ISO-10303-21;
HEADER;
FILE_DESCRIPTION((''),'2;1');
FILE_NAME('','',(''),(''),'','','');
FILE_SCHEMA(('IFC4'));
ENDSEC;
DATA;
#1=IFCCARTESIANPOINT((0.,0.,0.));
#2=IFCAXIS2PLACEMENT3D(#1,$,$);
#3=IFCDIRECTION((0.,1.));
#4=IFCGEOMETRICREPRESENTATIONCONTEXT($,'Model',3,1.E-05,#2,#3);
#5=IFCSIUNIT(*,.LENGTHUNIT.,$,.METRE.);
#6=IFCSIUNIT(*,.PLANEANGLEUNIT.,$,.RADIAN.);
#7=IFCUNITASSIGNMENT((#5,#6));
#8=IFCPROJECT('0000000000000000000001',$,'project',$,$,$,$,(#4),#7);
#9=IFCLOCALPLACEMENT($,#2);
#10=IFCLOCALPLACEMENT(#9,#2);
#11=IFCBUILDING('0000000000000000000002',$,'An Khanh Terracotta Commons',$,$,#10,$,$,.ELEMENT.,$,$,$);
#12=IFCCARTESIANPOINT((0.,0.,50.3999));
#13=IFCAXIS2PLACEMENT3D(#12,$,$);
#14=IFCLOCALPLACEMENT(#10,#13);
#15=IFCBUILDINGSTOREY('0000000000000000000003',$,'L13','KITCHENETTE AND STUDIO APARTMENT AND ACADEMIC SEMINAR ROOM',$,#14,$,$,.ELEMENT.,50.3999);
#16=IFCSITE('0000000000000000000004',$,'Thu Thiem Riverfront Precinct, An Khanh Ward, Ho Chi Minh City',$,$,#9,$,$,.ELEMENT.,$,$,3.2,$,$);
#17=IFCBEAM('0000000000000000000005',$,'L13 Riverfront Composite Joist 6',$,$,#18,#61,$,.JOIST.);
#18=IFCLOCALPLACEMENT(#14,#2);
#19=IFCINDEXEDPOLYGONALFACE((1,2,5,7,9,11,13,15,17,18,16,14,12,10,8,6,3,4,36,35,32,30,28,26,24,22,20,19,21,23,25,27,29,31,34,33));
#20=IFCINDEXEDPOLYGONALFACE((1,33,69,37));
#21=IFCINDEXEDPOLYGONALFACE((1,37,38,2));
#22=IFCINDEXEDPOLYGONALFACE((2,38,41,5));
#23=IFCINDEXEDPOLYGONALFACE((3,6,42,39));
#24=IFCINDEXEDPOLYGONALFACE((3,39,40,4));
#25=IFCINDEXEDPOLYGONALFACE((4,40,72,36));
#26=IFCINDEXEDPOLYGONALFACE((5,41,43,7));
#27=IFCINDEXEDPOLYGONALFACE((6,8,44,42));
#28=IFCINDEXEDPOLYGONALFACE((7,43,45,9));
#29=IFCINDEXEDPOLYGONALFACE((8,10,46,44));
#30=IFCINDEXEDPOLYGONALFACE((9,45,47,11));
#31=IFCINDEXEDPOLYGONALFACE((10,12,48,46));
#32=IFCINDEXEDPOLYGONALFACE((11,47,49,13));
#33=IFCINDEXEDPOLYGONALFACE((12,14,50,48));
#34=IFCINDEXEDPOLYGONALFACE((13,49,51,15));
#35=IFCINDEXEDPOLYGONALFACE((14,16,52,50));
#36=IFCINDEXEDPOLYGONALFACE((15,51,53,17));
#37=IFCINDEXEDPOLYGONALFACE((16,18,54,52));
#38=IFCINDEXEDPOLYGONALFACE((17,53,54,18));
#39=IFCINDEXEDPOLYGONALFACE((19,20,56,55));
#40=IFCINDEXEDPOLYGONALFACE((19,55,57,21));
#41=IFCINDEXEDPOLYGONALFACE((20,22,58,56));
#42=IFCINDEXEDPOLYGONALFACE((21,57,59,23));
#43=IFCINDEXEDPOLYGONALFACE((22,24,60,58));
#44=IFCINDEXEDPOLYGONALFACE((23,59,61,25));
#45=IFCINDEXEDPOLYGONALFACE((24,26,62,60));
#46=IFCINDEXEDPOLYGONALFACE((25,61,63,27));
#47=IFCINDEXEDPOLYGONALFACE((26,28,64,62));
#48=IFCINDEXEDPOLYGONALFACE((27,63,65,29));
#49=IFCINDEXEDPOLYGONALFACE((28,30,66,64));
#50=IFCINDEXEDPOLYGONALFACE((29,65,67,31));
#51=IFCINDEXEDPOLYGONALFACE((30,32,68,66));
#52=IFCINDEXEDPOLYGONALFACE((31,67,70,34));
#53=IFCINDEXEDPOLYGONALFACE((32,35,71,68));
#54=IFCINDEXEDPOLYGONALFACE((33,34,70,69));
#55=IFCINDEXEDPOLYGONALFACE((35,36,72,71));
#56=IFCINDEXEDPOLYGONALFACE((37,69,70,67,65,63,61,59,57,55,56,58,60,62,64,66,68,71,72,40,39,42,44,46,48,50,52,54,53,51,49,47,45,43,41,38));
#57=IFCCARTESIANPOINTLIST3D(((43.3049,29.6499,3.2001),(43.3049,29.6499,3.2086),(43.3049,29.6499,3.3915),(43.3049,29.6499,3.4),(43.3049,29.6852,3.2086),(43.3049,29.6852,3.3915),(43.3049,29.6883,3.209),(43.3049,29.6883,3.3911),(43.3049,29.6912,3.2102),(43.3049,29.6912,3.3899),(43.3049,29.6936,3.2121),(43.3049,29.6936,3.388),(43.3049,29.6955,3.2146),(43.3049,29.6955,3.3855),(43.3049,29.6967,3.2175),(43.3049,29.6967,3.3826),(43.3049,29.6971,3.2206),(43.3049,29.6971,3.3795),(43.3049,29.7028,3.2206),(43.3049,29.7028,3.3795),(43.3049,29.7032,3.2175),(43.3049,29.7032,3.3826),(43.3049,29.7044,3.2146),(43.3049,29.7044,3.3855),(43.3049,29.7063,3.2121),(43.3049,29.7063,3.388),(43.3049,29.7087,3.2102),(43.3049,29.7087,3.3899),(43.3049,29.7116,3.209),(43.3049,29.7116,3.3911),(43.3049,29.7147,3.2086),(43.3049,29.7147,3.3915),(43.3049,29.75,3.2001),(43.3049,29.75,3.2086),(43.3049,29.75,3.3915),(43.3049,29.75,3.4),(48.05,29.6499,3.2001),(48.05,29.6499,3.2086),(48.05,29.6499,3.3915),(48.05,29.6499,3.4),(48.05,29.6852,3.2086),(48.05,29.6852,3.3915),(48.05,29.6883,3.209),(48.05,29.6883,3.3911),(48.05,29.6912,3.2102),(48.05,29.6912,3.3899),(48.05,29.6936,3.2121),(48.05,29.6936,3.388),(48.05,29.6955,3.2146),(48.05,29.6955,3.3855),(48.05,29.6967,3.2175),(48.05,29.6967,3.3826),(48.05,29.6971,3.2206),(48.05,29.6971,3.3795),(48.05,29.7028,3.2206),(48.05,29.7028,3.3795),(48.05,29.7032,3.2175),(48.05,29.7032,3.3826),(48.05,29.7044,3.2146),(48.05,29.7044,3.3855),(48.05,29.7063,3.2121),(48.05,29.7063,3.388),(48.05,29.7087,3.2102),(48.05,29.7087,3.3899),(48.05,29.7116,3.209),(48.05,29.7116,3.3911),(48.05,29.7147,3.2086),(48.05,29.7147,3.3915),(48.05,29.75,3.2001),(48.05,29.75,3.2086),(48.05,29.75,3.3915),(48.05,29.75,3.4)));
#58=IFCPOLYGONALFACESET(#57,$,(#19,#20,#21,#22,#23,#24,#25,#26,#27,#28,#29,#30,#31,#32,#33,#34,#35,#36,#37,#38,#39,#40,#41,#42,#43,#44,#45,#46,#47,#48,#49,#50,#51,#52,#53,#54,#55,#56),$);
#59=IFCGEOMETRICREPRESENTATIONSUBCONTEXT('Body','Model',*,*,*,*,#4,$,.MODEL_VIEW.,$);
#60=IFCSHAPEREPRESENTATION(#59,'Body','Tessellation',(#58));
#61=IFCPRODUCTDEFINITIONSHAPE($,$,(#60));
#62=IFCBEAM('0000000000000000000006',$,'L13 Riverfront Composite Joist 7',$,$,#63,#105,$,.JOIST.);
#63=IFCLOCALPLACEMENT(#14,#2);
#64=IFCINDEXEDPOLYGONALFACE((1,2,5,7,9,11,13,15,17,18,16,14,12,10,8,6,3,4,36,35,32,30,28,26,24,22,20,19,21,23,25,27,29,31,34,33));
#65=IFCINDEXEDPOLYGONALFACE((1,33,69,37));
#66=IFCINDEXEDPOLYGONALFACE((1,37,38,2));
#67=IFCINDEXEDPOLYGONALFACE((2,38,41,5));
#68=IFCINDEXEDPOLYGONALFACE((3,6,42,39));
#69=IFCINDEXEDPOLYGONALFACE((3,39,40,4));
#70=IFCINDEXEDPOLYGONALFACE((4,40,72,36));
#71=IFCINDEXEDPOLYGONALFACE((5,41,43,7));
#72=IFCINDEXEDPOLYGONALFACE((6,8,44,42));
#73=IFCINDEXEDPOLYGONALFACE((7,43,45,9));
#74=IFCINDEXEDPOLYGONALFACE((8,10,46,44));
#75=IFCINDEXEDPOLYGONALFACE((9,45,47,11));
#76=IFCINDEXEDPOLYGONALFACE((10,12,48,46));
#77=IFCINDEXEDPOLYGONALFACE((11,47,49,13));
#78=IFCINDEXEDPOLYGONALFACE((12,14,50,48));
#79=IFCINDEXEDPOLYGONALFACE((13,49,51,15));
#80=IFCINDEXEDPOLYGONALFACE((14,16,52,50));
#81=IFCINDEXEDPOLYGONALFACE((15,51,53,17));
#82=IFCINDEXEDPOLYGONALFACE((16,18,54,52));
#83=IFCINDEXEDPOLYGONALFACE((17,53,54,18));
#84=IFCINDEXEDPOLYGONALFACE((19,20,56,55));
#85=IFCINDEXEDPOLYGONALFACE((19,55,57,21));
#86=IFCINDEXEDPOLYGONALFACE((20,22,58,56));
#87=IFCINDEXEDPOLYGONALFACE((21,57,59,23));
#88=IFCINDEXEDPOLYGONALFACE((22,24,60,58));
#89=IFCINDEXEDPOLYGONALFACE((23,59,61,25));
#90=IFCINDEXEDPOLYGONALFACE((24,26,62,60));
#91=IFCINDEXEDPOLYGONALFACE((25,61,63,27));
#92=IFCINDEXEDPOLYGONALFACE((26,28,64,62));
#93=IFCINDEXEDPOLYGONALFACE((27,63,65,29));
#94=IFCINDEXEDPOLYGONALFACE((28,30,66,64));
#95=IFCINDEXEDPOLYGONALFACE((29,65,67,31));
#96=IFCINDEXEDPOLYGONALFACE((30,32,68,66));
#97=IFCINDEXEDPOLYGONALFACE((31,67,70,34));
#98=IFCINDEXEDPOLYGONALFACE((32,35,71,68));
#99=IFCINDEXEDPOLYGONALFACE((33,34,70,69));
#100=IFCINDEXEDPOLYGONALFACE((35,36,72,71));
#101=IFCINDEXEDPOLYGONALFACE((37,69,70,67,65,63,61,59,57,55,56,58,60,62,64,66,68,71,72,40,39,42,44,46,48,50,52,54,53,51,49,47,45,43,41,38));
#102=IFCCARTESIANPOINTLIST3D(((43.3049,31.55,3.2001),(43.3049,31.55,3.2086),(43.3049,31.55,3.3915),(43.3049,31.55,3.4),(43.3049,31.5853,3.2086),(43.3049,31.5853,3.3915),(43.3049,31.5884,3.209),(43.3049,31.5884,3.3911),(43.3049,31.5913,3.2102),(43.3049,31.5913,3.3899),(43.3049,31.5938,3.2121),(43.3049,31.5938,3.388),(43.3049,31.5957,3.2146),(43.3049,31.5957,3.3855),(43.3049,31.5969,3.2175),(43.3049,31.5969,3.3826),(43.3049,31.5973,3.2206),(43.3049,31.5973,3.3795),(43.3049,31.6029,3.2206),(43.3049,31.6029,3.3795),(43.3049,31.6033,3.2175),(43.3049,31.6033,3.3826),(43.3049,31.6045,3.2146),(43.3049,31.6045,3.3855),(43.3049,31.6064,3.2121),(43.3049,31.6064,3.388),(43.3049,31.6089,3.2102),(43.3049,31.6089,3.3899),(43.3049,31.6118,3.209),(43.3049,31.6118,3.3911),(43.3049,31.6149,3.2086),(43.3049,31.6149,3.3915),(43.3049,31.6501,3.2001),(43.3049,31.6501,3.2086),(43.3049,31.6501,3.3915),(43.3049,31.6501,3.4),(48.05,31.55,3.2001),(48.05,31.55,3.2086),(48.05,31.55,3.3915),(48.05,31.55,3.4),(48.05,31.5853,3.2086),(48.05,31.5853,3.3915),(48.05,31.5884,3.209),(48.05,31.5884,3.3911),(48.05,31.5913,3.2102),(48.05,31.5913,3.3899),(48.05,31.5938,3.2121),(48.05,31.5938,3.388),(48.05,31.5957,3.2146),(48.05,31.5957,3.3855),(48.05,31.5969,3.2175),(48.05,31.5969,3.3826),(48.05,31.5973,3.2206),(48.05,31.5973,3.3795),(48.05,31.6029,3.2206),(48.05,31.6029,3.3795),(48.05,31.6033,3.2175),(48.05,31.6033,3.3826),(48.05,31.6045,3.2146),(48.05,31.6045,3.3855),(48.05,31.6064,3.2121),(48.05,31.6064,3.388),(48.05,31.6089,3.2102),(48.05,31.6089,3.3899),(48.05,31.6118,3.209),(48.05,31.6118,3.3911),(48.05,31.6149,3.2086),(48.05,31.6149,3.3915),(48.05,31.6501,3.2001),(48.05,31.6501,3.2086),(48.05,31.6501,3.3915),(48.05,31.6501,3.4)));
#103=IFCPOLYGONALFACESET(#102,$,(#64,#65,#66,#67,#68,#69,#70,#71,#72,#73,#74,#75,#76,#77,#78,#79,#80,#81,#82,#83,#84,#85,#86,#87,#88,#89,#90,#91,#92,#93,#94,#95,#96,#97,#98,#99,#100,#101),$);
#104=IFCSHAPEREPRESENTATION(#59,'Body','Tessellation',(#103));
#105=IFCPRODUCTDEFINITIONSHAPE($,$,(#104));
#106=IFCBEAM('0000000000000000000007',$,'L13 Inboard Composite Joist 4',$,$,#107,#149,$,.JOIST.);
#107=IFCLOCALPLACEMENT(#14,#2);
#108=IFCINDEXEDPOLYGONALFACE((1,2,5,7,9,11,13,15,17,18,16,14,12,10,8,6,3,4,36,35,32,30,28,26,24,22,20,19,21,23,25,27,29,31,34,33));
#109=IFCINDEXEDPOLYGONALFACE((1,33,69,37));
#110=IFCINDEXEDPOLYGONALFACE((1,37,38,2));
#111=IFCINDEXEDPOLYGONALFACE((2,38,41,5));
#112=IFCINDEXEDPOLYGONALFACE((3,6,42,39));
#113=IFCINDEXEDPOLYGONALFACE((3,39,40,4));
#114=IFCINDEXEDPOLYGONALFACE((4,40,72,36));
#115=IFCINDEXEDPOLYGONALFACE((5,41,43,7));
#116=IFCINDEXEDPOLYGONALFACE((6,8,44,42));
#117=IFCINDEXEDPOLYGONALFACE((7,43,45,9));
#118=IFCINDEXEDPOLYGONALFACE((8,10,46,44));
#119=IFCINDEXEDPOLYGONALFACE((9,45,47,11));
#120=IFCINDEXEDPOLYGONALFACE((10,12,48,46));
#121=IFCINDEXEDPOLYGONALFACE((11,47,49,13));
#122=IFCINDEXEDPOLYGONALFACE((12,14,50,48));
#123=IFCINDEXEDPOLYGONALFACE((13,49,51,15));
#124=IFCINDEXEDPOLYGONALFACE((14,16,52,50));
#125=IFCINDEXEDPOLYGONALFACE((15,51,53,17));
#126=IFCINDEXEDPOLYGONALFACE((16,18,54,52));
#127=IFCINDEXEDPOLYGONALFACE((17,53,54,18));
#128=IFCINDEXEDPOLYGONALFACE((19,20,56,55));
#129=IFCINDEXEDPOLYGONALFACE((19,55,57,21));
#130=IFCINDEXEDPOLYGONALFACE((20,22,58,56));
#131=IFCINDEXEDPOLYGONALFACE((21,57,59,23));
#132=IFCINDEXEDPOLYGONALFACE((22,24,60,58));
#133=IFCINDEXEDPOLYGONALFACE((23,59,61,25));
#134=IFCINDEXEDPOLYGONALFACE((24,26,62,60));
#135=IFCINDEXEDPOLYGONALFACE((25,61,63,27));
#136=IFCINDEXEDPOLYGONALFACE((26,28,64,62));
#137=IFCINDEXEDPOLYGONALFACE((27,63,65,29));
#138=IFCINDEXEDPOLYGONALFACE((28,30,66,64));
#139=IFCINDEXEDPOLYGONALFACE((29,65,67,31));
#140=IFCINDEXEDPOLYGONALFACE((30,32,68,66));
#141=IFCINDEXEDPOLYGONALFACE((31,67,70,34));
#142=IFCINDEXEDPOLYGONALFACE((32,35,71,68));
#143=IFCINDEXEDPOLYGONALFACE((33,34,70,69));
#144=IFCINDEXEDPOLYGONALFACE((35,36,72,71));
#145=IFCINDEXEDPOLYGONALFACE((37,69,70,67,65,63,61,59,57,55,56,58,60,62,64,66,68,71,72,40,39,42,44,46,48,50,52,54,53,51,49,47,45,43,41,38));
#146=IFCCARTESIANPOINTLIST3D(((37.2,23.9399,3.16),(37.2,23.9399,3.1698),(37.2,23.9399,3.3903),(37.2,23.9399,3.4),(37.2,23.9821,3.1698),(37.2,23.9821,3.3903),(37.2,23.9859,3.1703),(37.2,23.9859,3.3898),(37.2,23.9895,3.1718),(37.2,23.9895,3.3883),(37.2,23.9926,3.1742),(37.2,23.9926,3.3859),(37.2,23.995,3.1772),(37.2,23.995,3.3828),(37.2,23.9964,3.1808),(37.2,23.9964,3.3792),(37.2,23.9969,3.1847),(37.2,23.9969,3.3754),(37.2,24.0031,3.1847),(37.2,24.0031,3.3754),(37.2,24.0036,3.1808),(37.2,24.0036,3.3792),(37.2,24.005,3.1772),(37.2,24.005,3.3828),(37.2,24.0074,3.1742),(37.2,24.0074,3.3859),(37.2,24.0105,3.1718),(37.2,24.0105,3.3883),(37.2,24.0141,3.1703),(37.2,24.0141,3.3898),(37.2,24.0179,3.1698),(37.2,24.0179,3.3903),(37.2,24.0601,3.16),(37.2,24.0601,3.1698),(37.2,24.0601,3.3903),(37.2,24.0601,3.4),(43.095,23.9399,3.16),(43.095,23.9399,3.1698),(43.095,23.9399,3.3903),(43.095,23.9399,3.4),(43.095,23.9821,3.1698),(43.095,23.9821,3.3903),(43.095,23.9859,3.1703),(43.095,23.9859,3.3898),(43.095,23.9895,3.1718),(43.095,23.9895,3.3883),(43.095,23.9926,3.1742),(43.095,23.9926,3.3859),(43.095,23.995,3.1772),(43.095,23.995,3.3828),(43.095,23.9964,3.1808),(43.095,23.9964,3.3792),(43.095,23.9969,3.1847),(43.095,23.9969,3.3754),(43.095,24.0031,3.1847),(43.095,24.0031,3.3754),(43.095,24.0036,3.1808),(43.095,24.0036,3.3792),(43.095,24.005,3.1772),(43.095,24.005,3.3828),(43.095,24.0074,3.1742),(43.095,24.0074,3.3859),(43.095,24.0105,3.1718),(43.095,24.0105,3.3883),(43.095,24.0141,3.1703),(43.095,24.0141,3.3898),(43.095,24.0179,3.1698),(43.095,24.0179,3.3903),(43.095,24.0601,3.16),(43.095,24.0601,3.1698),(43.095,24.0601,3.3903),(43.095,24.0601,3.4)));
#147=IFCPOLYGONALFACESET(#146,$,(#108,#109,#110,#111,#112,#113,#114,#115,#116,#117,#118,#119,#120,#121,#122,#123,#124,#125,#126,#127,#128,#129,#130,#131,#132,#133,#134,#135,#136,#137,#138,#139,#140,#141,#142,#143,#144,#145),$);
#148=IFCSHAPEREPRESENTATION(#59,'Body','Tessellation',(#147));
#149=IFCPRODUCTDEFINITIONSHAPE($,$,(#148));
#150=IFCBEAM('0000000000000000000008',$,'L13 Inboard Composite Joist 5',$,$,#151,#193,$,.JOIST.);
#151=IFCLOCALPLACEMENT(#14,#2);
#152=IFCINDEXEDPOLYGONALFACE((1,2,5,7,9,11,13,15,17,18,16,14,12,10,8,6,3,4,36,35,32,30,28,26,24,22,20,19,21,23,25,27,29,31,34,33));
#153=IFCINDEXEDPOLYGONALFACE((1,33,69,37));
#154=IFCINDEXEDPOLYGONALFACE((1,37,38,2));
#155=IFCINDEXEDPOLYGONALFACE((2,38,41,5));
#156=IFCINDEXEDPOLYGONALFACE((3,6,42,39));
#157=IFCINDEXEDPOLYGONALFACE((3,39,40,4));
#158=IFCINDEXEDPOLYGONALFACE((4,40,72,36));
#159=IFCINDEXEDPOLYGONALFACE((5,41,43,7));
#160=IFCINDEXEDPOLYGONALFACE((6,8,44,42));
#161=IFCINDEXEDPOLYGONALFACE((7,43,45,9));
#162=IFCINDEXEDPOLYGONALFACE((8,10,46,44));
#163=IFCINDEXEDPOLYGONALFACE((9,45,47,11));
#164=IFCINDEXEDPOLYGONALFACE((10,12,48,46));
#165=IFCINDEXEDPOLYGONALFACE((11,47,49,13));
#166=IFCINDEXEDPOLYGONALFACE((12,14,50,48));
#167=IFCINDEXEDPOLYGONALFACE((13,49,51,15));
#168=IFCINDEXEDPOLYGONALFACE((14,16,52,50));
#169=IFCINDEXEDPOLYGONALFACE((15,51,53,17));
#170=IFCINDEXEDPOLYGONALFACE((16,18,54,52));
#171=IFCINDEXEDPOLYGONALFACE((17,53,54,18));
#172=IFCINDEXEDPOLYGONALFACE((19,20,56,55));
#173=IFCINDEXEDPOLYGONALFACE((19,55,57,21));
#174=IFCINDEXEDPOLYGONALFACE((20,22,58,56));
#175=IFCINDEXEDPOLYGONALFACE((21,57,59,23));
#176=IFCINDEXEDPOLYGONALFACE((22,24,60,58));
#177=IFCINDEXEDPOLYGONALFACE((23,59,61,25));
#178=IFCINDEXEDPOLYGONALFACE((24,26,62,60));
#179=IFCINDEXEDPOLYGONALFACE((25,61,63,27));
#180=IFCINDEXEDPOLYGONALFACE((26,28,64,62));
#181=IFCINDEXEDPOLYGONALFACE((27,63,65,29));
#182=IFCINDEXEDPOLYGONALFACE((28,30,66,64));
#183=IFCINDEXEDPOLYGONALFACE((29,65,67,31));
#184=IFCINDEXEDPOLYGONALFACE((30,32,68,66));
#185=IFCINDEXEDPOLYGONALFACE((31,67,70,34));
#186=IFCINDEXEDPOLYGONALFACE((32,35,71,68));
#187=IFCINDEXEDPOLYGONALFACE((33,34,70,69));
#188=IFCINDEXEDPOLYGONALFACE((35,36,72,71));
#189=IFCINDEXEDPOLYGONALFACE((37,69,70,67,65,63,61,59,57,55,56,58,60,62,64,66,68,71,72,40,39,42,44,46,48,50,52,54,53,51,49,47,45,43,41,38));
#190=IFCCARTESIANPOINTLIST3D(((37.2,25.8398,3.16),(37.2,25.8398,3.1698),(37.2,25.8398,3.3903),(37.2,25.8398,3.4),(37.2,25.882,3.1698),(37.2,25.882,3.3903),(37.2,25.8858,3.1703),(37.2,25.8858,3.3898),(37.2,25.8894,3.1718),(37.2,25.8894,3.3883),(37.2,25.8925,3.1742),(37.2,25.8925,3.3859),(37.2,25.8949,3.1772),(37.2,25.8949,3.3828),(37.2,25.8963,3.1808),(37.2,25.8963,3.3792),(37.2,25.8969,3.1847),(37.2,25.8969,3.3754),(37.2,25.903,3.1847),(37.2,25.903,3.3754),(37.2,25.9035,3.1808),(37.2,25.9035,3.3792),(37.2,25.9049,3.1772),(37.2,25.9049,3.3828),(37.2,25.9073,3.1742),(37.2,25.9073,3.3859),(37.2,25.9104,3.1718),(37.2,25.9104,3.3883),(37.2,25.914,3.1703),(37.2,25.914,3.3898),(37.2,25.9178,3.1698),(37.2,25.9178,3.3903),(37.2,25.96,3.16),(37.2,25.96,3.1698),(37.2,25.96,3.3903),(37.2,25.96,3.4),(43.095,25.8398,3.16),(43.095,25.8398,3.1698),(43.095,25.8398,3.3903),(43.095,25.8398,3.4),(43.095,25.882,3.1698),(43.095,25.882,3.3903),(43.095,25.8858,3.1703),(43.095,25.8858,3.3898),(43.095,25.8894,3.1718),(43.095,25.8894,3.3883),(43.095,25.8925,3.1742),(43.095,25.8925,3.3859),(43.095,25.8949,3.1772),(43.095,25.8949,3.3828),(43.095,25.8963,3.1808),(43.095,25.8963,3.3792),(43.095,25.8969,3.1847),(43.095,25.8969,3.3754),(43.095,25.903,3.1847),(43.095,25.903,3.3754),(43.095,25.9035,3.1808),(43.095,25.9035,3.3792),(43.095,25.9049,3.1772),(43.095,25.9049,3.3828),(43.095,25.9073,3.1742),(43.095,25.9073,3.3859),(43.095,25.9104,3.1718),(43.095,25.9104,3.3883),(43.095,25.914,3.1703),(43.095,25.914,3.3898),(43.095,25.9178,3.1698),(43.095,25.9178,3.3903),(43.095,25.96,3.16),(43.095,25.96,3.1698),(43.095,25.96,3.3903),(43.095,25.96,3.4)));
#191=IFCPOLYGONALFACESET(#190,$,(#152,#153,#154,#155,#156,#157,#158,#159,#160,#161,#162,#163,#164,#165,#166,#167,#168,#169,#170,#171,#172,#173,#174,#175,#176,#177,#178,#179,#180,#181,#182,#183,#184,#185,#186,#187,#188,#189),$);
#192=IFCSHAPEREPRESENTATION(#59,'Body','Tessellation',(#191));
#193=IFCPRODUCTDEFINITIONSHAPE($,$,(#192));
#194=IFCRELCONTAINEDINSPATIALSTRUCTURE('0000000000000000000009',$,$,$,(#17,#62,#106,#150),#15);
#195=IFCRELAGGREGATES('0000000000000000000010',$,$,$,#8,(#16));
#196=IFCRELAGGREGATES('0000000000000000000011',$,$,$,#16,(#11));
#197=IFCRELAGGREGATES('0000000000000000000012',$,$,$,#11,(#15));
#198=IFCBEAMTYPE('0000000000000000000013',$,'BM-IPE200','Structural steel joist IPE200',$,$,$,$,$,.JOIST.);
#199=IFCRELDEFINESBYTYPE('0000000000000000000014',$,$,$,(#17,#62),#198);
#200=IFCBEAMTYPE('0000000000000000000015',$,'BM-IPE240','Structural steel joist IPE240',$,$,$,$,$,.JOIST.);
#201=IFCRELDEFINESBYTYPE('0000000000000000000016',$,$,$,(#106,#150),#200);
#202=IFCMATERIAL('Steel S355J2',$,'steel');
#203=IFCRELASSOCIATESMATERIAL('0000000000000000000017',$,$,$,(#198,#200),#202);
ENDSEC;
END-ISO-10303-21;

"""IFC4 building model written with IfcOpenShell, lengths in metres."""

from ifc_helpers import new_model, si_unit, direction, frame, origin, origin_2d, place, context, subcontext, project, spatial, i_section, extrude, material, material_profile, profile_set, type_object, element, save


model = new_model("IFC4")

# Units and contexts
model_context = context("Model", 3, precision=1e-05, world=origin(), true_north=direction((0.0, 1.0)))
body_context = subcontext(model_context, "Body", "Model", "MODEL_VIEW")
ifc_project = project(units=[si_unit("LENGTHUNIT", "METRE"), si_unit("PLANEANGLEUNIT", "RADIAN")], contexts=[model_context])

# Site, building, storey
site_placement = place(None, origin())
site = spatial("IfcSite", under=ifc_project, at=site_placement, Name="Thu Thiem Riverfront Precinct, An Khanh Ward, Ho Chi Minh City", CompositionType="ELEMENT", RefElevation=3.2)
building_placement = place(site_placement, origin())
building = spatial("IfcBuilding", under=site, at=building_placement, Name="An Khanh Terracotta Commons", CompositionType="ELEMENT")
storey_placement = place(building_placement, frame((0.0, 0.0, 50.3999)))
storey = spatial("IfcBuildingStorey", under=building, at=storey_placement, Name="L13", Description="KITCHENETTE AND STUDIO APARTMENT AND ACADEMIC SEMINAR ROOM", CompositionType="ELEMENT", Elevation=50.3999)

# Beams
ifc_material_1 = material(Name="Steel S355J2", Category="steel")
ifc_material_profile_1 = material_profile(ifc_material_1, i_section(OverallWidth=0.1001, OverallDepth=0.2, WebThickness=0.0056, FlangeThickness=0.0085, FilletRadius=0.012, at=origin_2d()), Name="IPE200")
ifc_profile_set_1 = profile_set([ifc_material_profile_1], Name="Steel S355J2")
beam_type_1 = type_object("IfcBeamType", Name="BM-IPE200", Description="Structural steel joist IPE200", PredefinedType="JOIST", material=ifc_profile_set_1)
for number, where, z_axis, x_axis, name in (
    (1, (43.3049, 29.7, 3.3), (1.0, 0.0, 0.0), (0.0, 1.0, 0.0), "L13 Riverfront Composite Joist 6"),
    (2, (43.3049, 31.6001, 3.3), (1.0, 0.0, 0.0), (0.0, 1.0, 0.0), "L13 Riverfront Composite Joist 7"),
):
    element("IfcBeam", number, at=place(storey_placement, frame(where, z_axis=z_axis, x_axis=x_axis)), inside=storey, type_object=beam_type_1, Name=name, PredefinedType="JOIST", context=body_context, shape_type="SweptSolid", body=[
        extrude(i_section(OverallWidth=0.1001, OverallDepth=0.2, WebThickness=0.0056, FlangeThickness=0.0085, FilletRadius=0.012, at=origin_2d()), origin(), (0.0, 0.0, 1.0), 4.7451),
    ])
ifc_material_profile_2 = material_profile(ifc_material_1, i_section(OverallWidth=0.1201, OverallDepth=0.24, WebThickness=0.0061, FlangeThickness=0.0098, FilletRadius=0.0149, at=origin_2d()), Name="IPE240")
ifc_profile_set_2 = profile_set([ifc_material_profile_2], Name="Steel S355J2")
beam_type_2 = type_object("IfcBeamType", Name="BM-IPE240", Description="Structural steel joist IPE240", PredefinedType="JOIST", material=ifc_profile_set_2)
for number, where, z_axis, x_axis, name in (
    (3, (37.2, 24.0, 3.28), (1.0, 0.0, 0.0), (0.0, 1.0, 0.0), "L13 Inboard Composite Joist 4"),
    (4, (37.2, 25.8999, 3.28), (1.0, 0.0, 0.0), (0.0, 1.0, 0.0), "L13 Inboard Composite Joist 5"),
):
    element("IfcBeam", number, at=place(storey_placement, frame(where, z_axis=z_axis, x_axis=x_axis)), inside=storey, type_object=beam_type_2, Name=name, PredefinedType="JOIST", context=body_context, shape_type="SweptSolid", body=[
        extrude(i_section(OverallWidth=0.1201, OverallDepth=0.24, WebThickness=0.0061, FlangeThickness=0.0098, FilletRadius=0.0149, at=origin_2d()), origin(), (0.0, 0.0, 1.0), 5.895),
    ])

save(model, "model.ifc")
